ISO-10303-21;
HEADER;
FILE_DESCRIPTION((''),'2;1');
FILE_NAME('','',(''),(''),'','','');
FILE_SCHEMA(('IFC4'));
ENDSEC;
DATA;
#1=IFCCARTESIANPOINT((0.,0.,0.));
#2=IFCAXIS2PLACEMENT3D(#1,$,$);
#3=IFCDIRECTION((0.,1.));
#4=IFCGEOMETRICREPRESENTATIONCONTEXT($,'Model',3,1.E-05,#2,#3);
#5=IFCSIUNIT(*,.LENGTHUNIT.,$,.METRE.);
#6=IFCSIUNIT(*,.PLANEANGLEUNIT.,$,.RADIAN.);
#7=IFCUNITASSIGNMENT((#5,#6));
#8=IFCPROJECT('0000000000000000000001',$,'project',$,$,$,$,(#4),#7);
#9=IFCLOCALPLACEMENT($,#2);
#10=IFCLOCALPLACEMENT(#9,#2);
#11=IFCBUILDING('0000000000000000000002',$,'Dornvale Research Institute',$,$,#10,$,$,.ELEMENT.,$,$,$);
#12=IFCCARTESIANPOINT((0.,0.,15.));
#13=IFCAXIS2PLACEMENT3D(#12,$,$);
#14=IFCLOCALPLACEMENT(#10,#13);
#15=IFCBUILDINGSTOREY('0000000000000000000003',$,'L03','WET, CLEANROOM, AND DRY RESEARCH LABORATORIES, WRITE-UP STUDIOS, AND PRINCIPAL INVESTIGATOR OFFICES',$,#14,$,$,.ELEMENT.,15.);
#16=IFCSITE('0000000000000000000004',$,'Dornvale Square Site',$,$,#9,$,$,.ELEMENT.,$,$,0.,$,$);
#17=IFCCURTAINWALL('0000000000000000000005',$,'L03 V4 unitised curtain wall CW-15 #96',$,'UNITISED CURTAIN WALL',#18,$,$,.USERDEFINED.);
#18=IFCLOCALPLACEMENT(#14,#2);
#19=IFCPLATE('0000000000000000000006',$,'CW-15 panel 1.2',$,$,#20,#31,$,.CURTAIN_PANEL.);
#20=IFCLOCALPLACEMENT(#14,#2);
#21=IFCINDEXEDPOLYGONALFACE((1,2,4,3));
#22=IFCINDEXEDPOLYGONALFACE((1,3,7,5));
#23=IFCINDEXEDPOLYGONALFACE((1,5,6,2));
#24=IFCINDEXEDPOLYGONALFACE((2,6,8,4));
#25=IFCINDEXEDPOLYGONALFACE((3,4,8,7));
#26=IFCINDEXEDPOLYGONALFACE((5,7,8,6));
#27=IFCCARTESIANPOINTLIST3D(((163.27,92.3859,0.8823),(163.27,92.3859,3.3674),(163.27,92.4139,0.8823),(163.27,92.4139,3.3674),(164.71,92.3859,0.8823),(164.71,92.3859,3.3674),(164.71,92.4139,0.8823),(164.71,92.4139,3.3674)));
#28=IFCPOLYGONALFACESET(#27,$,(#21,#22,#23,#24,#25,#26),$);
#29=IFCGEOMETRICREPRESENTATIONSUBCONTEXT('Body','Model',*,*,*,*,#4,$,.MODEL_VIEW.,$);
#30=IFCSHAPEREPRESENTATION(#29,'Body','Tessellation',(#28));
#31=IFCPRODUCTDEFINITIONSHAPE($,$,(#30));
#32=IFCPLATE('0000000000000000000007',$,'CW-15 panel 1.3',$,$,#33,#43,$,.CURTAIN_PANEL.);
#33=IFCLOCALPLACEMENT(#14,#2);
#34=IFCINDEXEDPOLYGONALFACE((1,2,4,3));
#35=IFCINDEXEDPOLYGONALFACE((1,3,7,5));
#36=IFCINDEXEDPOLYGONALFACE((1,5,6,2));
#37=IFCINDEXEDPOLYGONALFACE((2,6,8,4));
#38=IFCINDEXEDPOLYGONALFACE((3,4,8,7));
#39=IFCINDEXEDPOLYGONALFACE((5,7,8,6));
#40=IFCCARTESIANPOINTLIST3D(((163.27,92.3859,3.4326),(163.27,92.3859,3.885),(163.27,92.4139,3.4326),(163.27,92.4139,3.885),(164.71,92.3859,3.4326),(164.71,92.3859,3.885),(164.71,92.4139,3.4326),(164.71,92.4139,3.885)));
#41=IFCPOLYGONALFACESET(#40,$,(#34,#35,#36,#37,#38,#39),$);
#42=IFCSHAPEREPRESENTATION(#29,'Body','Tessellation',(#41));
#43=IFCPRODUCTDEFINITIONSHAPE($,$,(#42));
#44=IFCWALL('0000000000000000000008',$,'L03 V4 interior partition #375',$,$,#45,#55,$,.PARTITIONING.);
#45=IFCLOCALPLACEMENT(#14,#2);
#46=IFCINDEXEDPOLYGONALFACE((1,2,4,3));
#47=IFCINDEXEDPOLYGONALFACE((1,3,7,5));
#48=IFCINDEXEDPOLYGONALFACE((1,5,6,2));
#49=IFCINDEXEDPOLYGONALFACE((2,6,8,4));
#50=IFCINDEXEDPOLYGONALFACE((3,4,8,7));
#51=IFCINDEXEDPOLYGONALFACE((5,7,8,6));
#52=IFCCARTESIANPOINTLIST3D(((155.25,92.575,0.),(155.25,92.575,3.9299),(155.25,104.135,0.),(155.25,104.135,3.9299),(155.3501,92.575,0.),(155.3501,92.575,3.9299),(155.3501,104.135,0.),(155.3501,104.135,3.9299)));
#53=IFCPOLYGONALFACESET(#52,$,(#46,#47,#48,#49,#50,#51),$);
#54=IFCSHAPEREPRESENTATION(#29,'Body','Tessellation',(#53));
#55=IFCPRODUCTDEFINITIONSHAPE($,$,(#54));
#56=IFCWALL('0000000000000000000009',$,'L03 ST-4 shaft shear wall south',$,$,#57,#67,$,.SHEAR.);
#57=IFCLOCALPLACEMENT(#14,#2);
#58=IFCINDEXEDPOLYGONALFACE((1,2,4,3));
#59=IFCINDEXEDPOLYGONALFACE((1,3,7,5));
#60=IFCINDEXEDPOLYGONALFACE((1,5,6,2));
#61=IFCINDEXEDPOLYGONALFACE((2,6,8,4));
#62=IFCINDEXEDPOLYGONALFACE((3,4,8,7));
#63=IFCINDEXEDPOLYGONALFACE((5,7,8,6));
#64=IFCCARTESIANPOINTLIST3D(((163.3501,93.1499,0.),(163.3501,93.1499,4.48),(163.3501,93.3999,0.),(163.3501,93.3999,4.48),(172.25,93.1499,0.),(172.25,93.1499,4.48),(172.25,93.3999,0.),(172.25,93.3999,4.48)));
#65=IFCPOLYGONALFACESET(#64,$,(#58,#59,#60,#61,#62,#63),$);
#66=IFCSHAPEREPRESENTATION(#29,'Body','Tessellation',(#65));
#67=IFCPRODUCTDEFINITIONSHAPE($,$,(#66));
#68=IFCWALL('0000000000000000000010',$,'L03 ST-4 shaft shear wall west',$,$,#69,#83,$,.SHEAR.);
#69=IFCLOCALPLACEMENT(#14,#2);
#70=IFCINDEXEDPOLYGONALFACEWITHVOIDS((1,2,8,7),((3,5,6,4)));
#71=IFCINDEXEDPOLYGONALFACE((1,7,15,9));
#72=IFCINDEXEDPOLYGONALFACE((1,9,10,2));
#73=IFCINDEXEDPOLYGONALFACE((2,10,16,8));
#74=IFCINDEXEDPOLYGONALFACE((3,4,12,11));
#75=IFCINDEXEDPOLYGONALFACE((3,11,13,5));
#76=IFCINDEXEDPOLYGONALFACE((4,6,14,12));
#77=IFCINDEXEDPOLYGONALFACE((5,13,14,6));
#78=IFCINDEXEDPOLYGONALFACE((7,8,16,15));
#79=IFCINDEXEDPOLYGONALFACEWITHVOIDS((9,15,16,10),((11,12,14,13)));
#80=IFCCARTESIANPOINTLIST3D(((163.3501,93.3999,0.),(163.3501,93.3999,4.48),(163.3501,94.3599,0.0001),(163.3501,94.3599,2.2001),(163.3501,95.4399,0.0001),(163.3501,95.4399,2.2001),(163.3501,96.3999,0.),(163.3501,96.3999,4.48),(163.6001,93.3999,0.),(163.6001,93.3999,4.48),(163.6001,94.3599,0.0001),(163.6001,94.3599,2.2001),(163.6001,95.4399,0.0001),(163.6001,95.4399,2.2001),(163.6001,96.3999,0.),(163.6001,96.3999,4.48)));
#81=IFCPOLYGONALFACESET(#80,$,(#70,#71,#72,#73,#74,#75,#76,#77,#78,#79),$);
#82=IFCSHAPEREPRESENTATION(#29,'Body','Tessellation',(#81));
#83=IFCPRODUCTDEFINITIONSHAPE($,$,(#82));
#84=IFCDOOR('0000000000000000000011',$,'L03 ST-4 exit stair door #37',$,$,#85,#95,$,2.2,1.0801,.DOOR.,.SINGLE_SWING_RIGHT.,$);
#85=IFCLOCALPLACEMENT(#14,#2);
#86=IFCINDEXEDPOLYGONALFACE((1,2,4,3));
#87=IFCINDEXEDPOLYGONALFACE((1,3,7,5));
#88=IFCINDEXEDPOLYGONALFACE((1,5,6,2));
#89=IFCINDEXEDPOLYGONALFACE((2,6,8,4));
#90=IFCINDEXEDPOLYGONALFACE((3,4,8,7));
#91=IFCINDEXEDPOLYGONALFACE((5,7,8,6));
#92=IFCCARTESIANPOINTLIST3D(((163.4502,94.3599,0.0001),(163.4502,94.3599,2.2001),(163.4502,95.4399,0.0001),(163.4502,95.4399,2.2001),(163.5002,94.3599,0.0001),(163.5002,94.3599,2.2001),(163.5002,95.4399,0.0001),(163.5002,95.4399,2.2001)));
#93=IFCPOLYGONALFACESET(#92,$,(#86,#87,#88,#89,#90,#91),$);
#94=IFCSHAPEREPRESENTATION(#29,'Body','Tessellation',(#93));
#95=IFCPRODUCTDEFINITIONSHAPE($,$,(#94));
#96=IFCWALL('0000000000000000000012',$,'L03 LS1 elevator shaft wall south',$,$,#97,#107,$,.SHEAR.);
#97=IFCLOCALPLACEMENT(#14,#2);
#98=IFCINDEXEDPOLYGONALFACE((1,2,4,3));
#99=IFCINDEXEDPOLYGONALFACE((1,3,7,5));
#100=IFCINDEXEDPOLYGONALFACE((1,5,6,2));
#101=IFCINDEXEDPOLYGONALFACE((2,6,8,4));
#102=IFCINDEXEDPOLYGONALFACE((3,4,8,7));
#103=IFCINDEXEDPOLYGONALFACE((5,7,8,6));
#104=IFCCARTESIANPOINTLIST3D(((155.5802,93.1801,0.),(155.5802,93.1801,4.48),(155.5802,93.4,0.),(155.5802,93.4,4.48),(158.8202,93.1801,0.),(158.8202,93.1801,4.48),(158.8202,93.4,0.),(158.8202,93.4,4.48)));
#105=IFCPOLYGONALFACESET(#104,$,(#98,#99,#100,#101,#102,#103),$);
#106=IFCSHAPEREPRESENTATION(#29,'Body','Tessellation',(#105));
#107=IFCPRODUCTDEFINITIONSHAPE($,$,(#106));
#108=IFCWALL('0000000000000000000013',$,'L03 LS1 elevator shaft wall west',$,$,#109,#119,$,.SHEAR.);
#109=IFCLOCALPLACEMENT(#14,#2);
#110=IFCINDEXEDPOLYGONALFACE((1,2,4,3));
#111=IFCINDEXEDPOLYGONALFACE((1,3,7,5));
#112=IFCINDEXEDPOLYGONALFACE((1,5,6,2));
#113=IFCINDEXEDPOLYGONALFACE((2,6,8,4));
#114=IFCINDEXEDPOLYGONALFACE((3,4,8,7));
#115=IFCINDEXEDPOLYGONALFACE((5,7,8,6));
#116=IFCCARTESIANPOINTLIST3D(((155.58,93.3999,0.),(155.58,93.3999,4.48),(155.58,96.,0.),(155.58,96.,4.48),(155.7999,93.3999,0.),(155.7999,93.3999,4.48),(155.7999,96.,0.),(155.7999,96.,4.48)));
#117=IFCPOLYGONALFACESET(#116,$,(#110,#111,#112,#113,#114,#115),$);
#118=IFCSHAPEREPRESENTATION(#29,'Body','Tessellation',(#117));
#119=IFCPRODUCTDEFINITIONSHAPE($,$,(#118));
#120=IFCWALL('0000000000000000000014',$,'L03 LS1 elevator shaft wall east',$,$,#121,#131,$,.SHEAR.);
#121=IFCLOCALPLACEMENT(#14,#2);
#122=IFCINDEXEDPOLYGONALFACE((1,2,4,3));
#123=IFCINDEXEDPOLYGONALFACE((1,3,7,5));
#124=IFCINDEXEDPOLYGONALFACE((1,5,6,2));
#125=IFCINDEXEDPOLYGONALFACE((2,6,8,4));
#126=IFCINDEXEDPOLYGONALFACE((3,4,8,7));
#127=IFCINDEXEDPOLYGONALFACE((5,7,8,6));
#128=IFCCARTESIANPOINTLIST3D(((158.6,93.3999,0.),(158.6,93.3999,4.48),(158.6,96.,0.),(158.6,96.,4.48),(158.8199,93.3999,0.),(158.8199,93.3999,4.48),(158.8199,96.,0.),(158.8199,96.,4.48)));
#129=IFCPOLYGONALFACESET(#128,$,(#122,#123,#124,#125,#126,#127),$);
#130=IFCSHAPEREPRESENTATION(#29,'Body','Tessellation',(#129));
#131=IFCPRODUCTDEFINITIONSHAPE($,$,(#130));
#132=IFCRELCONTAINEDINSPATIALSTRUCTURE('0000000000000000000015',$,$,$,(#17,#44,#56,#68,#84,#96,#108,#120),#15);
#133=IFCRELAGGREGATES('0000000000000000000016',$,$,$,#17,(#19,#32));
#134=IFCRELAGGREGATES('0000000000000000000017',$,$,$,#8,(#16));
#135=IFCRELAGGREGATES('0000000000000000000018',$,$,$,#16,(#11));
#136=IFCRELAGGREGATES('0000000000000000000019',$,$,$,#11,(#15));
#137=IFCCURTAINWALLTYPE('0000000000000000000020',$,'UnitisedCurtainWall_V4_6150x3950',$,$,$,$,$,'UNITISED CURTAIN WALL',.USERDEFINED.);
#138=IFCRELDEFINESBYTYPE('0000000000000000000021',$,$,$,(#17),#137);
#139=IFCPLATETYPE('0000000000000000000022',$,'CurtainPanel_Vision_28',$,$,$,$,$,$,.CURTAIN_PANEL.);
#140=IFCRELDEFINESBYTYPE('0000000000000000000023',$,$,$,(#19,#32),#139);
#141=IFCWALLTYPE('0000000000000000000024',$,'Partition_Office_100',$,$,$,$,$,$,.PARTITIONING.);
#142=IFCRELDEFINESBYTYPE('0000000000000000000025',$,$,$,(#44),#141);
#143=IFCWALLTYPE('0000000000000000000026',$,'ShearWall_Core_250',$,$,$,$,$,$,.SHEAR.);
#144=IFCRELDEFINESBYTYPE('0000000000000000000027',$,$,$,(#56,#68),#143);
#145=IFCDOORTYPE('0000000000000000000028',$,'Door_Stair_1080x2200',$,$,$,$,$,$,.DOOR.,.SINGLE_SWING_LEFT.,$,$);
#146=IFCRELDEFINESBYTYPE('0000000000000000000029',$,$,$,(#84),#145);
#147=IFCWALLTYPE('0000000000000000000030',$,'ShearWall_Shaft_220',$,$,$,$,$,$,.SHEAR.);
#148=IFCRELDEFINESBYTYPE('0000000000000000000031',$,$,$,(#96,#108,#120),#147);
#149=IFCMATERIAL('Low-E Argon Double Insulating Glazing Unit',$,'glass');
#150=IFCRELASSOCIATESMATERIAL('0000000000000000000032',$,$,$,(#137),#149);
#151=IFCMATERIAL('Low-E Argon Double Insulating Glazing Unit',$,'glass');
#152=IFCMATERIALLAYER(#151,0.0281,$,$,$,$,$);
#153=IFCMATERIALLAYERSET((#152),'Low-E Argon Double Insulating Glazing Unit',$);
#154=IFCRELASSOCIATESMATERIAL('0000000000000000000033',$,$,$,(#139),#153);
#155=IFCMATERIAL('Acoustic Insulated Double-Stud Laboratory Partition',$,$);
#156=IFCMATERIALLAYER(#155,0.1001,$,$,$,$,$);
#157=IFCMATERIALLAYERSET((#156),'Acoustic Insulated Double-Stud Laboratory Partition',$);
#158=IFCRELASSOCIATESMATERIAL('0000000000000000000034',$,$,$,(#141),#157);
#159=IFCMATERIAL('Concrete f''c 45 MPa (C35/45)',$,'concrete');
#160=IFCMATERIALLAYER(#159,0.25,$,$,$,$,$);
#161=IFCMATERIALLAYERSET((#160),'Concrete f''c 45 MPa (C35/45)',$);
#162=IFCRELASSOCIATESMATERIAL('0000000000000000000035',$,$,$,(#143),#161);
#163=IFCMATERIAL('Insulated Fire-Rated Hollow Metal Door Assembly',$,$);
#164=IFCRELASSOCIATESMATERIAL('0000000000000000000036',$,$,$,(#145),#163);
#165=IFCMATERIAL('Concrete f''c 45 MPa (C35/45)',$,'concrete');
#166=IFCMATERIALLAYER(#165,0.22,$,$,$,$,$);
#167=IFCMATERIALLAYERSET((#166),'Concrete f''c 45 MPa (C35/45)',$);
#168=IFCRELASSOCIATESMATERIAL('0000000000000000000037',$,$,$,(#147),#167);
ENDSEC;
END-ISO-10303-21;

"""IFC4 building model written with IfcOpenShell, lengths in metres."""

from ifc_helpers import new_model, si_unit, direction, frame, frame_2d, origin, origin_2d, place, context, subcontext, project, spatial, rectangle, extrude, material, layer, layer_set, type_object, element, fill, aggregate, save


model = new_model("IFC4")

# Units and contexts
model_context = context("Model", 3, precision=1e-05, world=origin(), true_north=direction((0.0, 1.0)))
body_context = subcontext(model_context, "Body", "Model", "MODEL_VIEW")
ifc_project = project(units=[si_unit("LENGTHUNIT", "METRE"), si_unit("PLANEANGLEUNIT", "RADIAN")], contexts=[model_context])

# Site, building, storey
site_placement = place(None, origin())
site = spatial("IfcSite", under=ifc_project, at=site_placement, Name="Dornvale Square Site", CompositionType="ELEMENT", RefElevation=0.0)
building_placement = place(site_placement, origin())
building = spatial("IfcBuilding", under=site, at=building_placement, Name="Dornvale Research Institute", CompositionType="ELEMENT")
storey_placement = place(building_placement, frame((0.0, 0.0, 15.0)))
storey = spatial("IfcBuildingStorey", under=building, at=storey_placement, Name="L03", Description="WET, CLEANROOM, AND DRY RESEARCH LABORATORIES, WRITE-UP STUDIOS, AND PRINCIPAL INVESTIGATOR OFFICES", CompositionType="ELEMENT", Elevation=15.0)

# Curtain wall
ifc_material_1 = material(Name="Low-E Argon Double Insulating Glazing Unit", Category="glass")
curtain_wall_type = type_object("IfcCurtainWallType", Name="UnitisedCurtainWall_V4_6150x3950", ElementType="UNITISED CURTAIN WALL", PredefinedType="USERDEFINED", material=ifc_material_1)
curtain_wall_placement = place(storey_placement, origin())
curtain_wall = element("IfcCurtainWall", 1, at=curtain_wall_placement, inside=storey, type_object=curtain_wall_type, Name="L03 V4 unitised curtain wall CW-15 #96", ObjectType="UNITISED CURTAIN WALL", PredefinedType="USERDEFINED")

# Plates
ifc_material_2 = material(Name="Low-E Argon Double Insulating Glazing Unit", Category="glass")
ifc_layer_1 = layer(ifc_material_2, 0.0281)
ifc_layer_set_1 = layer_set([ifc_layer_1], Name="Low-E Argon Double Insulating Glazing Unit")
plate_type_1 = type_object("IfcPlateType", Name="CurtainPanel_Vision_28", PredefinedType="CURTAIN_PANEL", material=ifc_layer_set_1)
plate_1_placement = place(storey_placement, frame((163.99, 92.3999, 0.8823), z_axis=(0.0, 0.0, 1.0), x_axis=(-1.0, 0.0, 0.0)))
plate_1 = element("IfcPlate", 2, at=plate_1_placement, type_object=plate_type_1, Name="CW-15 panel 1.2", PredefinedType="CURTAIN_PANEL", context=body_context, shape_type="SweptSolid", body=[
    extrude(rectangle(XDim=1.4399, YDim=0.0281, at=origin_2d()), origin(), (0.0, 0.0, 1.0), 2.4851),
])
plate_2_placement = place(storey_placement, frame((163.99, 92.3999, 3.4326), z_axis=(0.0, 0.0, 1.0), x_axis=(-1.0, 0.0, 0.0)))
plate_2 = element("IfcPlate", 3, at=plate_2_placement, type_object=plate_type_1, Name="CW-15 panel 1.3", PredefinedType="CURTAIN_PANEL", context=body_context, shape_type="SweptSolid", body=[
    extrude(rectangle(XDim=1.4399, YDim=0.0281, at=origin_2d()), origin(), (0.0, 0.0, 1.0), 0.4524),
])
aggregate(curtain_wall, [plate_1, plate_2])

# Walls
ifc_material_3 = material(Name="Acoustic Insulated Double-Stud Laboratory Partition")
ifc_layer_2 = layer(ifc_material_3, 0.1001)
ifc_layer_set_2 = layer_set([ifc_layer_2], Name="Acoustic Insulated Double-Stud Laboratory Partition")
wall_type_1 = type_object("IfcWallType", Name="Partition_Office_100", PredefinedType="PARTITIONING", material=ifc_layer_set_2)
wall_1_placement = place(storey_placement, frame((155.3, 92.575, 0.0), z_axis=(0.0, 0.0, 1.0), x_axis=(0.0, 1.0, 0.0)))
element("IfcWall", 4, at=wall_1_placement, inside=storey, type_object=wall_type_1, Name="L03 V4 interior partition #375", PredefinedType="PARTITIONING", context=body_context, shape_type="SweptSolid", body=[
    extrude(rectangle(XDim=11.5601, YDim=0.1001, at=frame_2d((5.78, 0.0))), origin(), (0.0, 0.0, 1.0), 3.9299),
])
ifc_material_4 = material(Name="Concrete f'c 45 MPa (C35/45)", Category="concrete")
ifc_layer_3 = layer(ifc_material_4, 0.25)
ifc_layer_set_3 = layer_set([ifc_layer_3], Name="Concrete f'c 45 MPa (C35/45)")
wall_type_2 = type_object("IfcWallType", Name="ShearWall_Core_250", PredefinedType="SHEAR", material=ifc_layer_set_3)
wall_2_placement = place(storey_placement, frame((163.3501, 93.2749, 0.0), z_axis=(0.0, 0.0, 1.0), x_axis=(1.0, 0.0, 0.0)))
element("IfcWall", 5, at=wall_2_placement, inside=storey, type_object=wall_type_2, Name="L03 ST-4 shaft shear wall south", PredefinedType="SHEAR", context=body_context, shape_type="SweptSolid", body=[
    extrude(rectangle(XDim=8.8999, YDim=0.25, at=frame_2d((4.45, 0.0))), origin(), (0.0, 0.0, 1.0), 4.48),
])

# Wall, opening, door
wall_3_placement = place(storey_placement, frame((163.4751, 93.3999, 0.0), z_axis=(0.0, 0.0, 1.0), x_axis=(0.0, 1.0, 0.0)))
wall_3 = element("IfcWall", 6, at=wall_3_placement, inside=storey, type_object=wall_type_2, Name="L03 ST-4 shaft shear wall west", PredefinedType="SHEAR", context=body_context, shape_type="SweptSolid", body=[
    extrude(rectangle(XDim=3.0, YDim=0.25, at=frame_2d((1.5, 0.0))), origin(), (0.0, 0.0, 1.0), 4.48),
])
opening_placement = place(wall_3_placement, frame((0.96, 0.0, 0.0)))
opening = element("IfcOpeningElement", 7, at=opening_placement, cuts=wall_3, PredefinedType="OPENING", context=body_context, shape_type="SweptSolid", body=[
    extrude(rectangle(XDim=1.0801, YDim=2.2, at=frame_2d((0.54, 1.1001))), frame((0.0, 0.1399, 0.0), z_axis=(0.0, -1.0, 0.0), x_axis=(1.0, 0.0, 0.0)), (0.0, 0.0, 1.0), 0.28),
])
ifc_material_5 = material(Name="Insulated Fire-Rated Hollow Metal Door Assembly")
door_type = type_object("IfcDoorType", Name="Door_Stair_1080x2200", OperationType="SINGLE_SWING_LEFT", PredefinedType="DOOR", material=ifc_material_5)
door_placement = place(opening_placement, origin())
door = element("IfcDoor", 8, at=door_placement, inside=storey, type_object=door_type, Name="L03 ST-4 exit stair door #37", OperationType="SINGLE_SWING_RIGHT", OverallHeight=2.2, OverallWidth=1.0801, PredefinedType="DOOR", context=body_context, shape_type="SweptSolid", body=[
    extrude(rectangle(XDim=1.0801, YDim=2.2, at=frame_2d((0.54, 1.1001))), frame((0.0, 0.0249, 0.0), z_axis=(0.0, -1.0, 0.0), x_axis=(1.0, 0.0, 0.0)), (0.0, 0.0, 1.0), 0.05),
])
fill(opening, door)

# Walls
ifc_material_6 = material(Name="Concrete f'c 45 MPa (C35/45)", Category="concrete")
ifc_layer_4 = layer(ifc_material_6, 0.22)
ifc_layer_set_4 = layer_set([ifc_layer_4], Name="Concrete f'c 45 MPa (C35/45)")
wall_type_3 = type_object("IfcWallType", Name="ShearWall_Shaft_220", PredefinedType="SHEAR", material=ifc_layer_set_4)
wall_4_placement = place(storey_placement, frame((155.5801, 93.29, 0.0), z_axis=(0.0, 0.0, 1.0), x_axis=(1.0, 0.0, 0.0)))
element("IfcWall", 9, at=wall_4_placement, inside=storey, type_object=wall_type_3, Name="L03 LS1 elevator shaft wall south", PredefinedType="SHEAR", context=body_context, shape_type="SweptSolid", body=[
    extrude(rectangle(XDim=3.24, YDim=0.22, at=frame_2d((1.6201, 0.0))), origin(), (0.0, 0.0, 1.0), 4.48),
])
for number, where, z_axis, x_axis, name in (
    (10, (155.6899, 93.3999, 0.0), (0.0, 0.0, 1.0), (0.0, 1.0, 0.0), "L03 LS1 elevator shaft wall west"),
    (11, (158.71, 93.3999, 0.0), (0.0, 0.0, 1.0), (0.0, 1.0, 0.0), "L03 LS1 elevator shaft wall east"),
):
    element("IfcWall", number, at=place(storey_placement, frame(where, z_axis=z_axis, x_axis=x_axis)), inside=storey, type_object=wall_type_3, Name=name, PredefinedType="SHEAR", context=body_context, shape_type="SweptSolid", body=[
        extrude(rectangle(XDim=2.6001, YDim=0.22, at=frame_2d((1.3, 0.0))), origin(), (0.0, 0.0, 1.0), 4.48),
    ])

save(model, "model.ifc")
